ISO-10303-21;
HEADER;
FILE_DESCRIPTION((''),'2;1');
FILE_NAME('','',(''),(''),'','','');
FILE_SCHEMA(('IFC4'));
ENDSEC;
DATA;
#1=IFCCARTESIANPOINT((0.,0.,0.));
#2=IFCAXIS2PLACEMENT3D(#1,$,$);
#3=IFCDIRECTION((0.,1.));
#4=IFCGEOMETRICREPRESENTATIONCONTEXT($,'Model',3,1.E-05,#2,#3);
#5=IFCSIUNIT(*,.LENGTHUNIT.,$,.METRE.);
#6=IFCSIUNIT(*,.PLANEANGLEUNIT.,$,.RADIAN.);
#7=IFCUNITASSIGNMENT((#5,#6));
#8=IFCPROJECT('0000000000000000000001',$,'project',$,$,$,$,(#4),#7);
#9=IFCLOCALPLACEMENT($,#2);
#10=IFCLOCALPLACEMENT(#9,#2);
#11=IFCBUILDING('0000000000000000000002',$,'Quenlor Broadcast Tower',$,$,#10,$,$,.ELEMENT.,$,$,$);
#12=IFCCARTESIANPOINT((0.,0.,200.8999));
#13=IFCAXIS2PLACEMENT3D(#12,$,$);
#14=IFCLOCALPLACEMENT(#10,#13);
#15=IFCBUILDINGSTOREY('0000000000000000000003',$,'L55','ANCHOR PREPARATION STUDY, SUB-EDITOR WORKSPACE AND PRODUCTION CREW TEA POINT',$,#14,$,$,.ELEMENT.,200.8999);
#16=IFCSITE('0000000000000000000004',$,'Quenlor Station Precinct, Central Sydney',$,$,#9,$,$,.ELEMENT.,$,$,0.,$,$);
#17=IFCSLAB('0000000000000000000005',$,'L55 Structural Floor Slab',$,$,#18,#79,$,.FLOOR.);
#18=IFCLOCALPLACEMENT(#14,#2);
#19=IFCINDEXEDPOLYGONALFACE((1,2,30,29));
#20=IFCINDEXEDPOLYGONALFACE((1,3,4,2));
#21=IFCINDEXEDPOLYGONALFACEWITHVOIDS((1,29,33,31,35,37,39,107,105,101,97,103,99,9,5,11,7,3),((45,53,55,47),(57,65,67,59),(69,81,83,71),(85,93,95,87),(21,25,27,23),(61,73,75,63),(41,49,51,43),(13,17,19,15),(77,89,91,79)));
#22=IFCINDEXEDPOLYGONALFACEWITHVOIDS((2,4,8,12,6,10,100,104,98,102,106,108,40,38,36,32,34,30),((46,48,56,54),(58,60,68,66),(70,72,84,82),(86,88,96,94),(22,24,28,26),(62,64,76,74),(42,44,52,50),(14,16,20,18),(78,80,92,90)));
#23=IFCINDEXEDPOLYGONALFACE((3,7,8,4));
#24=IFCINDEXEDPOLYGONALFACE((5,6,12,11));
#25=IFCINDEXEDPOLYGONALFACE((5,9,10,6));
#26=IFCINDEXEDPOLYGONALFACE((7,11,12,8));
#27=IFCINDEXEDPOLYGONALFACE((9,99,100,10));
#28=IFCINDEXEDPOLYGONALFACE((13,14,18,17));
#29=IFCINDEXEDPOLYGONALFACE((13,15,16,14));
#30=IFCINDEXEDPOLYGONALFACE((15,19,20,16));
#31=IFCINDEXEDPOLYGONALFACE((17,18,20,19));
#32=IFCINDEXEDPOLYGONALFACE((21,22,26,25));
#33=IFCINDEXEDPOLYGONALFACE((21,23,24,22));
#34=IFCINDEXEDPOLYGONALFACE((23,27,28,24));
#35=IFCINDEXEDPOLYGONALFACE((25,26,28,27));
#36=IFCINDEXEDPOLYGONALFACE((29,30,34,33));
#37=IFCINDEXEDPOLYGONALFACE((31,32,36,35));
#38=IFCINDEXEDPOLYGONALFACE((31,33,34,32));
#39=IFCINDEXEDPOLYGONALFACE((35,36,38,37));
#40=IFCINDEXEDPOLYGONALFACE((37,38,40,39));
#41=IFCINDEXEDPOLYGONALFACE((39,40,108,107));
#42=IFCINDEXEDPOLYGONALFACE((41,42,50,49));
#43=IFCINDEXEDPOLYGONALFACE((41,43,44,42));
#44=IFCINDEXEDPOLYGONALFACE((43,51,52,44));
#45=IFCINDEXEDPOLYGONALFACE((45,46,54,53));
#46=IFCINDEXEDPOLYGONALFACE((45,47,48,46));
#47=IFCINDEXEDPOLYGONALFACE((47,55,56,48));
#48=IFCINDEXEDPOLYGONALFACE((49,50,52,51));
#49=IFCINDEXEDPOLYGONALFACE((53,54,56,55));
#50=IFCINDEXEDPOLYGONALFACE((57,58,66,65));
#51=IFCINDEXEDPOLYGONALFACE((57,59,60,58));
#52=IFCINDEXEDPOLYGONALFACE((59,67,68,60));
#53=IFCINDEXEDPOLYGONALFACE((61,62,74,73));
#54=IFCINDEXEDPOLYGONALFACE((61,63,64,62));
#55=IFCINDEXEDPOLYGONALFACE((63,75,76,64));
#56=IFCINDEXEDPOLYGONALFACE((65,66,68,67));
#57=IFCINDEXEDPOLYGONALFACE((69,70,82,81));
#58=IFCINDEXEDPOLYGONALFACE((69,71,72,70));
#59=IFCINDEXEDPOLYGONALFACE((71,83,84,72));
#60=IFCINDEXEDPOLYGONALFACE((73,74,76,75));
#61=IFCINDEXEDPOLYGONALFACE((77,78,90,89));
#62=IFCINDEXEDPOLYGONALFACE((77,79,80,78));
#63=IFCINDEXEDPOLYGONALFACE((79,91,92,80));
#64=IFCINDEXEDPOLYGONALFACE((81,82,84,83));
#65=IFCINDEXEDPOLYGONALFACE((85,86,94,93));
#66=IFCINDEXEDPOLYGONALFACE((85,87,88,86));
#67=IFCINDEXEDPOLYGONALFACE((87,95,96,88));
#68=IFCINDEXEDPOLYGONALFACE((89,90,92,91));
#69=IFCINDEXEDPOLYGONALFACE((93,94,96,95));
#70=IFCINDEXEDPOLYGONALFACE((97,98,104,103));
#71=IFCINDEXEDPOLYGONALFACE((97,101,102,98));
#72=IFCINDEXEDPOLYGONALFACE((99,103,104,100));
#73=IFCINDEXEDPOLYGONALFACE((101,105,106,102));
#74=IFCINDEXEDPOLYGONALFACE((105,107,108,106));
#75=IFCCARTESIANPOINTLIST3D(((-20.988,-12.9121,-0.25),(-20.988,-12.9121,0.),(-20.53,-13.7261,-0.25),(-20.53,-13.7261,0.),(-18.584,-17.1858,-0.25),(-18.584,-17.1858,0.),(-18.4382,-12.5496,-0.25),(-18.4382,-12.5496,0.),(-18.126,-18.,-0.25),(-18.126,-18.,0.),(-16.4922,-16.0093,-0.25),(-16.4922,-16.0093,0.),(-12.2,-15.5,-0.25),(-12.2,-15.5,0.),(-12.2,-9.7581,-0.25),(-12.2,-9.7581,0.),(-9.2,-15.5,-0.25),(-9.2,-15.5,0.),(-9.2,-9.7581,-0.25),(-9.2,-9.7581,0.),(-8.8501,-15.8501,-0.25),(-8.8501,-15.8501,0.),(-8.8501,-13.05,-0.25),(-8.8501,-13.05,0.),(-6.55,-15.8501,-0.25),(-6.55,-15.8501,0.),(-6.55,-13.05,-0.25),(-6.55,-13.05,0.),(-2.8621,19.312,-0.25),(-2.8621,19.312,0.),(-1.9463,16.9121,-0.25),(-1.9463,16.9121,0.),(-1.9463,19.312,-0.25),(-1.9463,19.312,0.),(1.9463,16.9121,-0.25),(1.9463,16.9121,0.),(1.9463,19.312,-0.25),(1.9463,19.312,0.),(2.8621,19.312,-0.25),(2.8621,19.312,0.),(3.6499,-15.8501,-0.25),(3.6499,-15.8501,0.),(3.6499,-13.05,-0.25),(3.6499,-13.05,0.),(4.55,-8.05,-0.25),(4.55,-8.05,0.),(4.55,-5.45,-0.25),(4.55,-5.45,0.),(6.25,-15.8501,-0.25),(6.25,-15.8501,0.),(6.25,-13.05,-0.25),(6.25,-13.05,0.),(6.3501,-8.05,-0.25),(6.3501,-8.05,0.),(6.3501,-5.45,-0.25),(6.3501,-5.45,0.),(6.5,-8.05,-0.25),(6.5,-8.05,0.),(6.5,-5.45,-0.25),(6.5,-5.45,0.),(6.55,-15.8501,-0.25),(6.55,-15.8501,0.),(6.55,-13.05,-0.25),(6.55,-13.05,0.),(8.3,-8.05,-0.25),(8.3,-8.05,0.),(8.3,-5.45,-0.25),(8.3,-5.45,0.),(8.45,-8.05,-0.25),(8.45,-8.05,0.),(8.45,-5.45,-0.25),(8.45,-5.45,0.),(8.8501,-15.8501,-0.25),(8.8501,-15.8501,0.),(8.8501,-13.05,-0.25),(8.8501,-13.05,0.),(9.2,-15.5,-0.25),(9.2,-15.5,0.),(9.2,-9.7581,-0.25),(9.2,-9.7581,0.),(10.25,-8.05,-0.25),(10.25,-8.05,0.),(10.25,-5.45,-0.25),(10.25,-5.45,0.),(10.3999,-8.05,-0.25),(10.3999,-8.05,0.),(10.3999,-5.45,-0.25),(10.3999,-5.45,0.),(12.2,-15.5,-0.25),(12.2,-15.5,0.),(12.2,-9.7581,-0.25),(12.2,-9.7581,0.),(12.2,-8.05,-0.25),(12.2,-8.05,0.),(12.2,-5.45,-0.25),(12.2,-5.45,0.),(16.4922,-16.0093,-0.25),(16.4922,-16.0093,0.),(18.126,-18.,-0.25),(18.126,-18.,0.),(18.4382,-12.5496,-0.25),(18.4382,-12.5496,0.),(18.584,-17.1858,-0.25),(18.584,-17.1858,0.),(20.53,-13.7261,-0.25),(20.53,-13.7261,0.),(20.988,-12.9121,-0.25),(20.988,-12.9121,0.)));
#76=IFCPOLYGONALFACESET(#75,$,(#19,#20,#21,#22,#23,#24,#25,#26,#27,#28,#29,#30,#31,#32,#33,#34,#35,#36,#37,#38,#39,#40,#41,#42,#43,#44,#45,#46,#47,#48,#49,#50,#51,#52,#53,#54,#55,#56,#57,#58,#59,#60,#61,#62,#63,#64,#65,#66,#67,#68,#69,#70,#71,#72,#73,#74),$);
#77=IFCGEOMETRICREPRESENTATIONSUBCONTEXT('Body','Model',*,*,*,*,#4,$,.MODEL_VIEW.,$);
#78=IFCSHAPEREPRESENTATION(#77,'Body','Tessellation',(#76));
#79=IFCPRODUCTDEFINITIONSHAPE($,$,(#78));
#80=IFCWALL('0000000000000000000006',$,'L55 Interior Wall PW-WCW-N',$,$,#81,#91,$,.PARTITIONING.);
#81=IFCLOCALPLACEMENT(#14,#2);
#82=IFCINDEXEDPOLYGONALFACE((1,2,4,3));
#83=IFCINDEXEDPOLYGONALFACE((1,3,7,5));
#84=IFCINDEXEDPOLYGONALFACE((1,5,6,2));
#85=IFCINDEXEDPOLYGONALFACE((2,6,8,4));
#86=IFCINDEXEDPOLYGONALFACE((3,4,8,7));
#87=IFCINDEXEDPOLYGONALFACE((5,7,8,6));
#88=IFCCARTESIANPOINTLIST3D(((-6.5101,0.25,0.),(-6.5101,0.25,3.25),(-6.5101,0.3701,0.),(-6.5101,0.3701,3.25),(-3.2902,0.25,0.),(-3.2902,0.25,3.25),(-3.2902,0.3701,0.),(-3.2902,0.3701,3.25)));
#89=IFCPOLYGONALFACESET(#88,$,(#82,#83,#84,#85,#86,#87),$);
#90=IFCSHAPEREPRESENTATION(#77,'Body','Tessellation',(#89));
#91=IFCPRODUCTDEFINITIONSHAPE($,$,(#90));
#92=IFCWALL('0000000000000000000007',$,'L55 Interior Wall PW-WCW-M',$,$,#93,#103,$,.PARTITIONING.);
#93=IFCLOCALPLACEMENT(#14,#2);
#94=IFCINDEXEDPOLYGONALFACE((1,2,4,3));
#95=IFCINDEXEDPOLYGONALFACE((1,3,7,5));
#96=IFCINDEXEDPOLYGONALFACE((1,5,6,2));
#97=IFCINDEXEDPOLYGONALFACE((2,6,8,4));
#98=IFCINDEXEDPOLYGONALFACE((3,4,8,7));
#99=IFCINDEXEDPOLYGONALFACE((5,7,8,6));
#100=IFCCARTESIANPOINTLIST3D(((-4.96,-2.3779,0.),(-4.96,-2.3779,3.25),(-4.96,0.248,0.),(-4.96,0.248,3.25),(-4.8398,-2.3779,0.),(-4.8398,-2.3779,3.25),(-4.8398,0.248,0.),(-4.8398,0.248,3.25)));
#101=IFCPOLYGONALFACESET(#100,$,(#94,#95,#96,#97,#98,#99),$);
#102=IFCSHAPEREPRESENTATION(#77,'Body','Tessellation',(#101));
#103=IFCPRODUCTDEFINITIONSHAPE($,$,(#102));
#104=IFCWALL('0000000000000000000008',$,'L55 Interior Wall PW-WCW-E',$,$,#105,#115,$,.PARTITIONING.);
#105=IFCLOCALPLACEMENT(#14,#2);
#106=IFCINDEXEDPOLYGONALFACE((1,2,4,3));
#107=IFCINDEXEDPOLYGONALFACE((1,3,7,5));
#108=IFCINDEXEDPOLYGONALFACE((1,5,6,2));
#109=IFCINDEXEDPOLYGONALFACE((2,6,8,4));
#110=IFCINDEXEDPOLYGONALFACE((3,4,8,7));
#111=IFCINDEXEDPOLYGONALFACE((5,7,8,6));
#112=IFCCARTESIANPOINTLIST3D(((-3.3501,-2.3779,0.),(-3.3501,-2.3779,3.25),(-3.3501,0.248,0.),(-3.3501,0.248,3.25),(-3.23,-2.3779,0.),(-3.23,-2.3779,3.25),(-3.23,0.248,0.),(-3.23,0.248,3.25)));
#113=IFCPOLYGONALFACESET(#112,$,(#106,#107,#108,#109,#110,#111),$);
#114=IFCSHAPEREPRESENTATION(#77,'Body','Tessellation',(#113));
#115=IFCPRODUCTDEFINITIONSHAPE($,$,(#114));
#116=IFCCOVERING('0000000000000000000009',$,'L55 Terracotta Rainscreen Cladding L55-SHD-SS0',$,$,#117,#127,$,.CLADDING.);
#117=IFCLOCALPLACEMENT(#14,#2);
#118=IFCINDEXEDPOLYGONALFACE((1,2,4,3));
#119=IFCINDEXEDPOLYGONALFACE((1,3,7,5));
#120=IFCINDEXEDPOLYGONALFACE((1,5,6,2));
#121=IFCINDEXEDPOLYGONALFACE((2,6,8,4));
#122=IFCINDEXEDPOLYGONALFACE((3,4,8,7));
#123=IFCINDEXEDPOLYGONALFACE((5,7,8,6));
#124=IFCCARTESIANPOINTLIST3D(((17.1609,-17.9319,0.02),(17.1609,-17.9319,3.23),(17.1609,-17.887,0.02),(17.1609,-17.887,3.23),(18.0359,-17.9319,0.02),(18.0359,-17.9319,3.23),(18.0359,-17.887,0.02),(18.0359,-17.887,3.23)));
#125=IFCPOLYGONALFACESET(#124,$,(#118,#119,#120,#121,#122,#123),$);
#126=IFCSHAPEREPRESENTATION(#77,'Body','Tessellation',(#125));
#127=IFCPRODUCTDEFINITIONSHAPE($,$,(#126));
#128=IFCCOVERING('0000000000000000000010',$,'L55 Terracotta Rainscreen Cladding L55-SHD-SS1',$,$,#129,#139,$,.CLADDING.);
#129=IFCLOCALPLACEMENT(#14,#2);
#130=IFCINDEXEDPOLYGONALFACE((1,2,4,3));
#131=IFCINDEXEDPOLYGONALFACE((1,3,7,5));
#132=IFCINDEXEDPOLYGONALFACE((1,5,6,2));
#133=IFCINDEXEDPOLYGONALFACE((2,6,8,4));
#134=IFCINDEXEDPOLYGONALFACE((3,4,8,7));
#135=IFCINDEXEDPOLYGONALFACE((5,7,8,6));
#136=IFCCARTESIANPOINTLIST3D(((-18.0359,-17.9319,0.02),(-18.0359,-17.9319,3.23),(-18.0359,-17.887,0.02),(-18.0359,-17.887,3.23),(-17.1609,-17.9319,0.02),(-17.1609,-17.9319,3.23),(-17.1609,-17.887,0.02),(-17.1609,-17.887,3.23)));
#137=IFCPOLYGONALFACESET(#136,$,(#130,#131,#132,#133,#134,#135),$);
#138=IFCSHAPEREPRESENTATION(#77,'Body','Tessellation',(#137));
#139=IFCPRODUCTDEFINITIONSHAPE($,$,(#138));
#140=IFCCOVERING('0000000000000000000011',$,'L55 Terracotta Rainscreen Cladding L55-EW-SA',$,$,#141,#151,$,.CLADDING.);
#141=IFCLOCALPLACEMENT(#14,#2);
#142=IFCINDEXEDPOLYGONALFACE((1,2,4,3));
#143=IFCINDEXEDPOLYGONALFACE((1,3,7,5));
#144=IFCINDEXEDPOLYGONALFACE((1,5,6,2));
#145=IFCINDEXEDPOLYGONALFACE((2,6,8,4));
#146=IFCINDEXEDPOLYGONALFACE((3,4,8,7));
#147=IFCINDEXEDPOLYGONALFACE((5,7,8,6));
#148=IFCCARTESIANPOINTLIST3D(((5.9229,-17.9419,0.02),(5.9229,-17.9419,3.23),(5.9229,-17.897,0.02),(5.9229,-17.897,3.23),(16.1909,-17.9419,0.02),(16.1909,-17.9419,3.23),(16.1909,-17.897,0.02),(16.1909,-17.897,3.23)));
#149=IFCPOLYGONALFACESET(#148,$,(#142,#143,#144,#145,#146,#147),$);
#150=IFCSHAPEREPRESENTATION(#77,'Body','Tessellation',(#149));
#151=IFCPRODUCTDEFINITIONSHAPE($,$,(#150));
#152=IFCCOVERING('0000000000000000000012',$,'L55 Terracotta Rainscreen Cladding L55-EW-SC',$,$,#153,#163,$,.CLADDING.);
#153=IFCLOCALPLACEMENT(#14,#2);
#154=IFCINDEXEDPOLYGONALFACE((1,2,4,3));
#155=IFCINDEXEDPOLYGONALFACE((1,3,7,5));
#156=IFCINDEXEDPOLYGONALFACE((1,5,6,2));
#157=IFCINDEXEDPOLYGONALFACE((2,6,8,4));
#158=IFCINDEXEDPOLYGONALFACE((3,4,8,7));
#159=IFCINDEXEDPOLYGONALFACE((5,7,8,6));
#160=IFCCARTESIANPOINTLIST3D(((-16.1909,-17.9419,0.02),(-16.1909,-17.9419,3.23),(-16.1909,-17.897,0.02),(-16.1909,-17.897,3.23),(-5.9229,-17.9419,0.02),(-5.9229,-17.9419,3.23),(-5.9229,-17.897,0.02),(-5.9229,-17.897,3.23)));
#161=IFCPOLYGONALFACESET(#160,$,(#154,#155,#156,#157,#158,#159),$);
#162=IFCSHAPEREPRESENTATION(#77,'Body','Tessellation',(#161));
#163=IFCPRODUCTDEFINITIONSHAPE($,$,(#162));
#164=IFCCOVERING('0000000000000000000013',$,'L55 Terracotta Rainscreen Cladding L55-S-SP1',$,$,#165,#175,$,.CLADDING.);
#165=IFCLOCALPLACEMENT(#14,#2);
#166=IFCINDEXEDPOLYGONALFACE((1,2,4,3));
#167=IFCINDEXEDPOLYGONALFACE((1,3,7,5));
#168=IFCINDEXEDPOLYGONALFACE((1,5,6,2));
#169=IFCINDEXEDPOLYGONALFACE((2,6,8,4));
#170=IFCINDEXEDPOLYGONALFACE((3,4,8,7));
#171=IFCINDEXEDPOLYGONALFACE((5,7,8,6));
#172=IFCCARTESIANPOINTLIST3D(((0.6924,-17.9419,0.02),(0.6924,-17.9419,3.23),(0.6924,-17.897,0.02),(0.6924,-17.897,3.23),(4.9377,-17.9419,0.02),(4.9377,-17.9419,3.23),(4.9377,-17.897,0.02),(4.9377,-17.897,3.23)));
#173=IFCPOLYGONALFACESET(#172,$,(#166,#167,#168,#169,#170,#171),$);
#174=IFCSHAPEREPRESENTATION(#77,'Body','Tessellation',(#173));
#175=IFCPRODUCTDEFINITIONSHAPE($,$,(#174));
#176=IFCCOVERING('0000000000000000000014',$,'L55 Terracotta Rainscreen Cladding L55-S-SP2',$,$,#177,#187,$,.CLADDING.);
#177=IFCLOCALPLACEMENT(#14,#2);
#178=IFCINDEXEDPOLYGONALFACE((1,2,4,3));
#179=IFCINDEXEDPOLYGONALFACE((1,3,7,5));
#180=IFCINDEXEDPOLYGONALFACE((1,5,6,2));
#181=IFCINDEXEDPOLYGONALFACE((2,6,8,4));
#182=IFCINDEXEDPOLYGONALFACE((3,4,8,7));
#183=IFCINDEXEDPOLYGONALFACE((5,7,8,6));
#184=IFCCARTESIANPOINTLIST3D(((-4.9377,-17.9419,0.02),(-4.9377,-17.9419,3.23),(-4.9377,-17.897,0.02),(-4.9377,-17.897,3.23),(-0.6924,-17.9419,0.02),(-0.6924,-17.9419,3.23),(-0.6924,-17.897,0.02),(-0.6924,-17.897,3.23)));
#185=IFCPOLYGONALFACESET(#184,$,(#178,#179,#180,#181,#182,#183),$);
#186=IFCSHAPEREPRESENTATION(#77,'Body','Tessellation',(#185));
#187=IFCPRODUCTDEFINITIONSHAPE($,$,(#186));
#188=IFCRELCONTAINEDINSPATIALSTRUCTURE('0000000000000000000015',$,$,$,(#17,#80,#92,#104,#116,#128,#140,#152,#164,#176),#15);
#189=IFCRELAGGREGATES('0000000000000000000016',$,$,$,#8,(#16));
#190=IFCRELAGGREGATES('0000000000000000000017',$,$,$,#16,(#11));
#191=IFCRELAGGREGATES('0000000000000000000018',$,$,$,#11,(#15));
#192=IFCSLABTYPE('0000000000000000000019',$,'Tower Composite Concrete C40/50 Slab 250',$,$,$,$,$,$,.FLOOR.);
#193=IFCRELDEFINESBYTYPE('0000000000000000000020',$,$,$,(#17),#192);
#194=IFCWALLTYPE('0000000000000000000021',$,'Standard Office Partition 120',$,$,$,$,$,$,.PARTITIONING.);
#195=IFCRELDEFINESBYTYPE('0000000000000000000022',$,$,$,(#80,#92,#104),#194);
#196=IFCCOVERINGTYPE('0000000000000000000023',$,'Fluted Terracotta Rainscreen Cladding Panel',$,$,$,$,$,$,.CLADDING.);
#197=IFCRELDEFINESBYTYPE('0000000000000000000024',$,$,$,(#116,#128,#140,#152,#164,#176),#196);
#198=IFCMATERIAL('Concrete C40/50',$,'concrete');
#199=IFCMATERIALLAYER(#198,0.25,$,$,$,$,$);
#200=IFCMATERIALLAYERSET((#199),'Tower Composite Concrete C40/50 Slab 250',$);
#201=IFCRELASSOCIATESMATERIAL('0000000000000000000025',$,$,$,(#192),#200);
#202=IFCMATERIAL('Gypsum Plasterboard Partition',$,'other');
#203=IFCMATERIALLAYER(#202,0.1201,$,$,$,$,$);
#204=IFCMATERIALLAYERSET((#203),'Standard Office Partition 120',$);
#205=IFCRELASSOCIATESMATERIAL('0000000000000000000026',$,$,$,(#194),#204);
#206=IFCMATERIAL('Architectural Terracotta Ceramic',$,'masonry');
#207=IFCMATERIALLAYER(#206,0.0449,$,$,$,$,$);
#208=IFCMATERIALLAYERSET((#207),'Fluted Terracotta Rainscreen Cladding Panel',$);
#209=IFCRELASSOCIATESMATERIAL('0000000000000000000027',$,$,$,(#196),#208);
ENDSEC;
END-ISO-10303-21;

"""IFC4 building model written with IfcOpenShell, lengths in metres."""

from ifc_helpers import new_model, si_unit, direction, frame, frame_2d, origin, place, context, subcontext, project, spatial, polyline, rectangle, outline, extrude, material, layer, layer_set, type_object, element, save


model = new_model("IFC4")

# Units and contexts
model_context = context("Model", 3, precision=1e-05, world=origin(), true_north=direction((0.0, 1.0)))
body_context = subcontext(model_context, "Body", "Model", "MODEL_VIEW")
ifc_project = project(units=[si_unit("LENGTHUNIT", "METRE"), si_unit("PLANEANGLEUNIT", "RADIAN")], contexts=[model_context])

# Site, building, storey
site_placement = place(None, origin())
site = spatial("IfcSite", under=ifc_project, at=site_placement, Name="Quenlor Station Precinct, Central Sydney", CompositionType="ELEMENT", RefElevation=0.0)
building_placement = place(site_placement, origin())
building = spatial("IfcBuilding", under=site, at=building_placement, Name="Quenlor Broadcast Tower", CompositionType="ELEMENT")
storey_placement = place(building_placement, frame((0.0, 0.0, 200.8999)))
storey = spatial("IfcBuildingStorey", under=building, at=storey_placement, Name="L55", Description="ANCHOR PREPARATION STUDY, SUB-EDITOR WORKSPACE AND PRODUCTION CREW TEA POINT", CompositionType="ELEMENT", Elevation=200.8999)

# Slab
ifc_material_1 = material(Name="Concrete C40/50", Category="concrete")
ifc_layer_1 = layer(ifc_material_1, 0.25)
ifc_layer_set_1 = layer_set([ifc_layer_1], Name="Tower Composite Concrete C40/50 Slab 250")
slab_type = type_object("IfcSlabType", Name="Tower Composite Concrete C40/50 Slab 250", PredefinedType="FLOOR", material=ifc_layer_set_1)
slab_placement = place(storey_placement, frame((0.0, 0.0, -0.25)))
element("IfcSlab", 1, at=slab_placement, inside=storey, type_object=slab_type, Name="L55 Structural Floor Slab", PredefinedType="FLOOR", context=body_context, shape_type="SweptSolid", body=[
    extrude(outline(polyline([(18.126, -18.0), (18.584, -17.1858), (16.4922, -16.0093), (18.4382, -12.5496), (20.53, -13.7261), (20.988, -12.9121), (2.8621, 19.312), (1.9463, 19.312), (1.9463, 16.9121), (-1.9463, 16.9121), (-1.9463, 19.312), (-2.8621, 19.312), (-20.988, -12.9121), (-20.53, -13.7261), (-18.4382, -12.5496), (-16.4922, -16.0093), (-18.584, -17.1858), (-18.126, -18.0), (18.126, -18.0)]), holes=[polyline([(-12.2, -9.7581), (-12.2, -15.5), (-9.2, -15.5), (-9.2, -9.7581), (-12.2, -9.7581)]), polyline([(9.2, -9.7581), (9.2, -15.5), (12.2, -15.5), (12.2, -9.7581), (9.2, -9.7581)]), polyline([(4.55, -8.05), (6.3501, -8.05), (6.3501, -5.45), (4.55, -5.45), (4.55, -8.05)]), polyline([(6.5, -8.05), (8.3, -8.05), (8.3, -5.45), (6.5, -5.45), (6.5, -8.05)]), polyline([(8.45, -8.05), (10.25, -8.05), (10.25, -5.45), (8.45, -5.45), (8.45, -8.05)]), polyline([(10.3999, -8.05), (12.2, -8.05), (12.2, -5.45), (10.3999, -5.45), (10.3999, -8.05)]), polyline([(-8.8501, -15.8501), (-6.55, -15.8501), (-6.55, -13.05), (-8.8501, -13.05), (-8.8501, -15.8501)]), polyline([(6.55, -15.8501), (8.8501, -15.8501), (8.8501, -13.05), (6.55, -13.05), (6.55, -15.8501)]), polyline([(3.6499, -15.8501), (6.25, -15.8501), (6.25, -13.05), (3.6499, -13.05), (3.6499, -15.8501)])]), origin(), (0.0, 0.0, 1.0), 0.25),
])

# Walls
ifc_material_2 = material(Name="Gypsum Plasterboard Partition", Category="other")
ifc_layer_2 = layer(ifc_material_2, 0.1201)
ifc_layer_set_2 = layer_set([ifc_layer_2], Name="Standard Office Partition 120")
wall_type = type_object("IfcWallType", Name="Standard Office Partition 120", PredefinedType="PARTITIONING", material=ifc_layer_set_2)
wall_placement = place(storey_placement, frame((-6.51, 0.3101, 0.0), z_axis=(0.0, 0.0, 1.0), x_axis=(1.0, 0.0, 0.0)))
element("IfcWall", 2, at=wall_placement, inside=storey, type_object=wall_type, Name="L55 Interior Wall PW-WCW-N", PredefinedType="PARTITIONING", context=body_context, shape_type="SweptSolid", body=[
    extrude(rectangle(XDim=3.22, YDim=0.1201, at=frame_2d((1.6099, 0.0))), origin(), (0.0, 0.0, 1.0), 3.25),
])
for number, where, z_axis, x_axis, name in (
    (3, (-4.8999, -2.3779, 0.0), (0.0, 0.0, 1.0), (0.0, 1.0, 0.0), "L55 Interior Wall PW-WCW-M"),
    (4, (-3.29, -2.3779, 0.0), (0.0, 0.0, 1.0), (0.0, 1.0, 0.0), "L55 Interior Wall PW-WCW-E"),
):
    element("IfcWall", number, at=place(storey_placement, frame(where, z_axis=z_axis, x_axis=x_axis)), inside=storey, type_object=wall_type, Name=name, PredefinedType="PARTITIONING", context=body_context, shape_type="SweptSolid", body=[
        extrude(rectangle(XDim=2.626, YDim=0.1201, at=frame_2d((1.313, 0.0))), origin(), (0.0, 0.0, 1.0), 3.25),
    ])

# Coverings
ifc_material_3 = material(Name="Architectural Terracotta Ceramic", Category="masonry")
ifc_layer_3 = layer(ifc_material_3, 0.0449)
ifc_layer_set_3 = layer_set([ifc_layer_3], Name="Fluted Terracotta Rainscreen Cladding Panel")
covering_type = type_object("IfcCoveringType", Name="Fluted Terracotta Rainscreen Cladding Panel", PredefinedType="CLADDING", material=ifc_layer_set_3)
covering_1_placement = place(storey_placement, frame((0.0, 0.0, 0.02)))
element("IfcCovering", 5, at=covering_1_placement, inside=storey, type_object=covering_type, Name="L55 Terracotta Rainscreen Cladding L55-SHD-SS0", PredefinedType="CLADDING", context=body_context, shape_type="SweptSolid", body=[
    extrude(outline(polyline([(18.0359, -17.887), (17.1609, -17.887), (17.1609, -17.9319), (18.0359, -17.9319), (18.0359, -17.887)])), origin(), (0.0, 0.0, 1.0), 3.21),
])
covering_2_placement = place(storey_placement, frame((0.0, 0.0, 0.02)))
element("IfcCovering", 6, at=covering_2_placement, inside=storey, type_object=covering_type, Name="L55 Terracotta Rainscreen Cladding L55-SHD-SS1", PredefinedType="CLADDING", context=body_context, shape_type="SweptSolid", body=[
    extrude(outline(polyline([(-17.1609, -17.887), (-18.0359, -17.887), (-18.0359, -17.9319), (-17.1609, -17.9319), (-17.1609, -17.887)])), origin(), (0.0, 0.0, 1.0), 3.21),
])
covering_3_placement = place(storey_placement, frame((0.0, 0.0, 0.02)))
element("IfcCovering", 7, at=covering_3_placement, inside=storey, type_object=covering_type, Name="L55 Terracotta Rainscreen Cladding L55-EW-SA", PredefinedType="CLADDING", context=body_context, shape_type="SweptSolid", body=[
    extrude(outline(polyline([(16.1909, -17.897), (5.9229, -17.897), (5.9229, -17.9419), (16.1909, -17.9419), (16.1909, -17.897)])), origin(), (0.0, 0.0, 1.0), 3.21),
])
covering_4_placement = place(storey_placement, frame((0.0, 0.0, 0.02)))
element("IfcCovering", 8, at=covering_4_placement, inside=storey, type_object=covering_type, Name="L55 Terracotta Rainscreen Cladding L55-EW-SC", PredefinedType="CLADDING", context=body_context, shape_type="SweptSolid", body=[
    extrude(outline(polyline([(-5.9229, -17.897), (-16.1909, -17.897), (-16.1909, -17.9419), (-5.9229, -17.9419), (-5.9229, -17.897)])), origin(), (0.0, 0.0, 1.0), 3.21),
])
covering_5_placement = place(storey_placement, frame((0.0, 0.0, 0.02)))
element("IfcCovering", 9, at=covering_5_placement, inside=storey, type_object=covering_type, Name="L55 Terracotta Rainscreen Cladding L55-S-SP1", PredefinedType="CLADDING", context=body_context, shape_type="SweptSolid", body=[
    extrude(outline(polyline([(4.9377, -17.897), (0.6924, -17.897), (0.6924, -17.9419), (4.9377, -17.9419), (4.9377, -17.897)])), origin(), (0.0, 0.0, 1.0), 3.21),
])
covering_6_placement = place(storey_placement, frame((0.0, 0.0, 0.02)))
element("IfcCovering", 10, at=covering_6_placement, inside=storey, type_object=covering_type, Name="L55 Terracotta Rainscreen Cladding L55-S-SP2", PredefinedType="CLADDING", context=body_context, shape_type="SweptSolid", body=[
    extrude(outline(polyline([(-0.6924, -17.897), (-4.9377, -17.897), (-4.9377, -17.9419), (-0.6924, -17.9419), (-0.6924, -17.897)])), origin(), (0.0, 0.0, 1.0), 3.21),
])

save(model, "model.ifc")
